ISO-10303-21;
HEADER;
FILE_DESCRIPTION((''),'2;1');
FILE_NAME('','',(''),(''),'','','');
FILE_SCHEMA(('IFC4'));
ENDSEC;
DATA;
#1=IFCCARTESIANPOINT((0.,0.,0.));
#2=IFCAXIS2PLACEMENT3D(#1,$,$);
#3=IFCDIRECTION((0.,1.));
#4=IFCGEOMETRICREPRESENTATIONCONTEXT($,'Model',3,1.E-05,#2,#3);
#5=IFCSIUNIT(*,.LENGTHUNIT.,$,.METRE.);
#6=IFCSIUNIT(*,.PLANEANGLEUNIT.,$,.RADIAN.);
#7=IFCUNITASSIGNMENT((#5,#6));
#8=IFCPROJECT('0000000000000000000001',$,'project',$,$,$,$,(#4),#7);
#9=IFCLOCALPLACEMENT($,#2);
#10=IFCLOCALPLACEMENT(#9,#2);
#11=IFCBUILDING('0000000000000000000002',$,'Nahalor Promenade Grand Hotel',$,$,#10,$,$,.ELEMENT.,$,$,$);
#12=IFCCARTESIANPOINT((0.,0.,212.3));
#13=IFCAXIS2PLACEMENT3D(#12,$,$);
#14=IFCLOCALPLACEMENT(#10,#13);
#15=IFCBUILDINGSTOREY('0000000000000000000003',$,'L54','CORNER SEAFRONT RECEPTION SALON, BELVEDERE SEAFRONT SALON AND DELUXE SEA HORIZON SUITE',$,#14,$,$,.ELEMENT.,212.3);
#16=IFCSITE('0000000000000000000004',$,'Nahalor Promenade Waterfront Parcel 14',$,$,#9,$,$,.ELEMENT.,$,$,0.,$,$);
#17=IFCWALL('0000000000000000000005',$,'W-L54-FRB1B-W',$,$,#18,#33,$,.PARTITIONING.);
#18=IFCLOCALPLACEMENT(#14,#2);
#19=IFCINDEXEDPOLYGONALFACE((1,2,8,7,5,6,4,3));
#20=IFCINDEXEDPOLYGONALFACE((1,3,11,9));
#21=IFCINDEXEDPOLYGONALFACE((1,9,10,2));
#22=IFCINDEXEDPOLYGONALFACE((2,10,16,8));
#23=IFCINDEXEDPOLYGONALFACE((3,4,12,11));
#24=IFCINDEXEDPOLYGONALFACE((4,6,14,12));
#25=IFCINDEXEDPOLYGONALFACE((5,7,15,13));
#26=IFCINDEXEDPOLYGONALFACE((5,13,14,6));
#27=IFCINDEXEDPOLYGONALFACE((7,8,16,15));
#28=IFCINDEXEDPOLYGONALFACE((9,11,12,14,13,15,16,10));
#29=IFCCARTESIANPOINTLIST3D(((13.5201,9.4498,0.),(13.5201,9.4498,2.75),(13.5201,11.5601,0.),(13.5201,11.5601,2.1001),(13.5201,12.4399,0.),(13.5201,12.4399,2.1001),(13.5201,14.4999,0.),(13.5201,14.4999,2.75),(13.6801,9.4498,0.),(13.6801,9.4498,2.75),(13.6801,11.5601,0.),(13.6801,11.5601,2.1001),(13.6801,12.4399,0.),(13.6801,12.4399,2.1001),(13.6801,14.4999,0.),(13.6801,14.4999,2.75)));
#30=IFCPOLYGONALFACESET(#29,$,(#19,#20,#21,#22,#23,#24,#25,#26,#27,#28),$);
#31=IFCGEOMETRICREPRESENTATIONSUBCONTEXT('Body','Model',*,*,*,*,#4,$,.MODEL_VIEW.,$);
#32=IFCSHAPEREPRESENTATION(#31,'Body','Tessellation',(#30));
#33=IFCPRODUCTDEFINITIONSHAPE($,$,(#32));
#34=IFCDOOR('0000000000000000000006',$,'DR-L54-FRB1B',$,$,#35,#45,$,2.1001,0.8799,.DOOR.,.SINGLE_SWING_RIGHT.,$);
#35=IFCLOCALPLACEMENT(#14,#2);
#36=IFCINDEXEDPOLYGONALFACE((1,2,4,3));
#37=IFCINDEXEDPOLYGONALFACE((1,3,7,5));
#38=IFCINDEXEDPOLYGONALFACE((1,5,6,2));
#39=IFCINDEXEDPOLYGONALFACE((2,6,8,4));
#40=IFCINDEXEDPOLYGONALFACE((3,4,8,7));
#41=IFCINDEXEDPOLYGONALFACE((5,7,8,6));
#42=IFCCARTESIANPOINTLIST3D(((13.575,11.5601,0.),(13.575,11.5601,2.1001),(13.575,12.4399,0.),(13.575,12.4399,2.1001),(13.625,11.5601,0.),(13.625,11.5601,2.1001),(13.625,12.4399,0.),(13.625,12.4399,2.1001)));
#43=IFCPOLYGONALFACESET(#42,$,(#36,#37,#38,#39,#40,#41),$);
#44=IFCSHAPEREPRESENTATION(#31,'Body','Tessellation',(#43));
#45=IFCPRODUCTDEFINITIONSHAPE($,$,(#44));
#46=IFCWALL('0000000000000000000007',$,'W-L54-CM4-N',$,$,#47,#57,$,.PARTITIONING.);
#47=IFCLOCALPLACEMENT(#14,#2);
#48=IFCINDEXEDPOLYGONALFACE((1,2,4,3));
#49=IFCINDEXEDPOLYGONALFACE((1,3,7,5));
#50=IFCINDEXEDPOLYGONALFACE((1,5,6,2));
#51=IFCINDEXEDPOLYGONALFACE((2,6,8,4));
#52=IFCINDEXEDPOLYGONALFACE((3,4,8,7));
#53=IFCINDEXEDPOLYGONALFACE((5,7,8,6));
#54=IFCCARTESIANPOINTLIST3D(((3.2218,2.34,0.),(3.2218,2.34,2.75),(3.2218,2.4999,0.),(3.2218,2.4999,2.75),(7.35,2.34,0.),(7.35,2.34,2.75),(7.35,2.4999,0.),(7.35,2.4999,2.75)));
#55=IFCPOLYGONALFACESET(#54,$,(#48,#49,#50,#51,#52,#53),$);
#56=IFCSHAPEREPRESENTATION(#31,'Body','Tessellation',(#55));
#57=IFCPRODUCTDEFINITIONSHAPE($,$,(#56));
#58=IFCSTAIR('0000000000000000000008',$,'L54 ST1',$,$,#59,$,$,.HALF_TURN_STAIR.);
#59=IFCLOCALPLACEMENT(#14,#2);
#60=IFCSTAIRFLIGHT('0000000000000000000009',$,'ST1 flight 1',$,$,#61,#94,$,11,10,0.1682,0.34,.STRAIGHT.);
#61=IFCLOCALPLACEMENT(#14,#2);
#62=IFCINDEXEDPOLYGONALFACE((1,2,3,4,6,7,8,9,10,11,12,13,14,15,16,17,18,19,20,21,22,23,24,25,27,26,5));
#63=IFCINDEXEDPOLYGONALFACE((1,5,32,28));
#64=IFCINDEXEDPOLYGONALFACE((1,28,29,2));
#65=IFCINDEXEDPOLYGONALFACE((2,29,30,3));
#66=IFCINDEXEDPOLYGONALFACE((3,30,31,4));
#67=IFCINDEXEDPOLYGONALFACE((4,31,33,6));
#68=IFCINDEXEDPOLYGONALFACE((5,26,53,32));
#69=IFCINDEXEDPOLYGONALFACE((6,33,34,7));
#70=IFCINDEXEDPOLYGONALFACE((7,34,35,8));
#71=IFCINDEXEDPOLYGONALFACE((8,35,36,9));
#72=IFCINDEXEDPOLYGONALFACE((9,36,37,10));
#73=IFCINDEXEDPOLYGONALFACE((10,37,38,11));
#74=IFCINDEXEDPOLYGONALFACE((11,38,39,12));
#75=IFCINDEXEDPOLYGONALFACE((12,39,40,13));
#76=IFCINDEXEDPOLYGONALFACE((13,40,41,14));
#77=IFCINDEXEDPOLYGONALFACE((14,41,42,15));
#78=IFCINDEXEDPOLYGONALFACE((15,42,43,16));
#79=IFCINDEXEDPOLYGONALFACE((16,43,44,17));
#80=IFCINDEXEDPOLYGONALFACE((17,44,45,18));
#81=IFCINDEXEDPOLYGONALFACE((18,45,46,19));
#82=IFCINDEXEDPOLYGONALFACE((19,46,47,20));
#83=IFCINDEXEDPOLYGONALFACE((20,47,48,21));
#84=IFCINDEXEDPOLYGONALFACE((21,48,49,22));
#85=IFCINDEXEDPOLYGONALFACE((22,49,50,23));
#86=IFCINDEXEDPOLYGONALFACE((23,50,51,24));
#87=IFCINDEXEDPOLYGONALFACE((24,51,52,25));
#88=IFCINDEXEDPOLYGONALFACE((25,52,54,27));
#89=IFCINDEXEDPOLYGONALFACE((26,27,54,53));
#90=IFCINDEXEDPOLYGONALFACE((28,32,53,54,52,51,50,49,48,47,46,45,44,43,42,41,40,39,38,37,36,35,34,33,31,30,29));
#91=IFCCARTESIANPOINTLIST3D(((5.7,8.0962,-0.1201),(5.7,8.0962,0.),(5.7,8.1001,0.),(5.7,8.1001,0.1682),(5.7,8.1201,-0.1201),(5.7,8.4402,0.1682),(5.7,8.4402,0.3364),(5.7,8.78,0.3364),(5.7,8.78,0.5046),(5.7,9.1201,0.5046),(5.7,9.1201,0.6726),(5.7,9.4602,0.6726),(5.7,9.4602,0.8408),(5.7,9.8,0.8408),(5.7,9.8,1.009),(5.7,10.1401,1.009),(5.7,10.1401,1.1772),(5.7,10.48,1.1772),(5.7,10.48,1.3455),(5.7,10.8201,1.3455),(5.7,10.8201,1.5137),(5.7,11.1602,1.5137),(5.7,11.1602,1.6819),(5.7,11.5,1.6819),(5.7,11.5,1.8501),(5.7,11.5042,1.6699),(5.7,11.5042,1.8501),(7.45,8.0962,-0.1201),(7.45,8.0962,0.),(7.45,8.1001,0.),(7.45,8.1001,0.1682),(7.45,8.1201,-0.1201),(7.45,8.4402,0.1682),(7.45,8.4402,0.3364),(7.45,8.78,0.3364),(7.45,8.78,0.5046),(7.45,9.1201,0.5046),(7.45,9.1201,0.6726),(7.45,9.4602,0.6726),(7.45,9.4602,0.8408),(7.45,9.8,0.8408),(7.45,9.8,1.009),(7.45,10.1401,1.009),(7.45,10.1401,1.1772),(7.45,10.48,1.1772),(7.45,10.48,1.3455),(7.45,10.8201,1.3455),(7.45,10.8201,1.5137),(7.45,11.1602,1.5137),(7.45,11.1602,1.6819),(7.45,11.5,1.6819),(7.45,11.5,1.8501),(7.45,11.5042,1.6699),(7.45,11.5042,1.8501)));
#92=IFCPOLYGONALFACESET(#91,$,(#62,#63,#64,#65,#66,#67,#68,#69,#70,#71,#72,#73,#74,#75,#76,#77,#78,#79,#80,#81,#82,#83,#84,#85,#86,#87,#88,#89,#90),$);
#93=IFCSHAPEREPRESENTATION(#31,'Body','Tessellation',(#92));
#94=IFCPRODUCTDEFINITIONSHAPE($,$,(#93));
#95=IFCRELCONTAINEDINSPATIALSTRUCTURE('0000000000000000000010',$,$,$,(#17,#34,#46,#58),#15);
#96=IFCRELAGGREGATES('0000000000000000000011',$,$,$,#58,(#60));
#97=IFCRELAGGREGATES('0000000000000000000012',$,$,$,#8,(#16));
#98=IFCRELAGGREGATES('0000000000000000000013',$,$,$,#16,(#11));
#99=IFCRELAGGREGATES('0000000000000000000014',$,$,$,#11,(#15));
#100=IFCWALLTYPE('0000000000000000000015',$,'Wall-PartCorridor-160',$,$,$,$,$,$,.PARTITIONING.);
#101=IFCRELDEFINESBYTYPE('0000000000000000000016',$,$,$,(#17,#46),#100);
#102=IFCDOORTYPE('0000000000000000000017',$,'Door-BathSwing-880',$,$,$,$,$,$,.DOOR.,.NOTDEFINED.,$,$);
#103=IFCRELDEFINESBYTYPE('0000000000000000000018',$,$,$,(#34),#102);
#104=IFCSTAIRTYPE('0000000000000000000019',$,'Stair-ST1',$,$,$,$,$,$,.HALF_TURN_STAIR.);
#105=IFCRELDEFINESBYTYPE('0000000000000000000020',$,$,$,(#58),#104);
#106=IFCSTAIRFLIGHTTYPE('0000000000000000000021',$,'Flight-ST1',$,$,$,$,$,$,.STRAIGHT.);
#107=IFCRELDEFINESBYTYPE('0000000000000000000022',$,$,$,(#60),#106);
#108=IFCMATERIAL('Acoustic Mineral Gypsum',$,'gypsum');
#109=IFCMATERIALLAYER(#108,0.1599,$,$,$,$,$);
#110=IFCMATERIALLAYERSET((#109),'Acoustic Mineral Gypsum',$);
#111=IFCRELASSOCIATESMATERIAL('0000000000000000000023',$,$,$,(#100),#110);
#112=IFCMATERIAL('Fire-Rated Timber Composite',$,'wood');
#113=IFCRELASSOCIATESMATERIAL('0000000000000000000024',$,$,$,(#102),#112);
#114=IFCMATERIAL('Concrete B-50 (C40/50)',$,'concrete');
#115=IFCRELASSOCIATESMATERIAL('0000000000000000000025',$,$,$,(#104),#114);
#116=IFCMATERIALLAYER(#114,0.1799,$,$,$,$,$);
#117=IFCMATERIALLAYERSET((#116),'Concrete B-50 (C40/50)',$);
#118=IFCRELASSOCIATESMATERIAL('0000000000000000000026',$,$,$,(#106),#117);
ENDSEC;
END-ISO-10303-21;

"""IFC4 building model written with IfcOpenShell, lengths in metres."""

from ifc_helpers import new_model, si_unit, direction, frame, frame_2d, origin, place, context, subcontext, project, spatial, polyline, rectangle, outline, extrude, source, transform, mapped, material, layer, layer_set, type_object, element, fill, aggregate, save


model = new_model("IFC4")

# Units and contexts
model_context = context("Model", 3, precision=1e-05, world=origin(), true_north=direction((0.0, 1.0)))
body_context = subcontext(model_context, "Body", "Model", "MODEL_VIEW")
ifc_project = project(units=[si_unit("LENGTHUNIT", "METRE"), si_unit("PLANEANGLEUNIT", "RADIAN")], contexts=[model_context])

# Site, building, storey
site_placement = place(None, origin())
site = spatial("IfcSite", under=ifc_project, at=site_placement, Name="Nahalor Promenade Waterfront Parcel 14", CompositionType="ELEMENT", RefElevation=0.0)
building_placement = place(site_placement, origin())
building = spatial("IfcBuilding", under=site, at=building_placement, Name="Nahalor Promenade Grand Hotel", CompositionType="ELEMENT")
storey_placement = place(building_placement, frame((0.0, 0.0, 212.3)))
storey = spatial("IfcBuildingStorey", under=building, at=storey_placement, Name="L54", Description="CORNER SEAFRONT RECEPTION SALON, BELVEDERE SEAFRONT SALON AND DELUXE SEA HORIZON SUITE", CompositionType="ELEMENT", Elevation=212.3)

# Shared definitions
ifc_material_1 = material(Name="Concrete B-50 (C40/50)", Category="concrete")

# Shared definitions
ifc_material_2 = material(Name="Acoustic Mineral Gypsum", Category="gypsum")
ifc_layer_1 = layer(ifc_material_2, 0.1599)
ifc_layer_set_1 = layer_set([ifc_layer_1], Name="Acoustic Mineral Gypsum")
wall_type_1 = type_object("IfcWallType", Name="Wall-PartCorridor-160", PredefinedType="PARTITIONING", material=ifc_layer_set_1)

# Shared definitions
ifc_material_3 = material(Name="Fire-Rated Timber Composite", Category="wood")
door_type_1 = type_object("IfcDoorType", Name="Door-BathSwing-880", OperationType="NOTDEFINED", PredefinedType="DOOR", material=ifc_material_3)
shared_shape_1 = source(origin(), body_context, "Body", "SweptSolid", [
    extrude(rectangle(XDim=0.8799, YDim=2.1001, at=frame_2d((0.4399, 1.05))), frame((0.0, 0.0249, 0.0), z_axis=(0.0, -1.0, 0.0), x_axis=(1.0, 0.0, 0.0)), (0.0, 0.0, 1.0), 0.05),
])

# Wall, opening, door
shared_shape_2 = source(origin(), body_context, "Body", "SweptSolid", [
    extrude(rectangle(XDim=5.05, YDim=0.1599, at=frame_2d((2.5249, 0.0))), origin(), (0.0, 0.0, 1.0), 2.75),
])
wall_1_placement = place(storey_placement, frame((13.6001, 9.45, 0.0), z_axis=(0.0, 0.0, 1.0), x_axis=(0.0, 1.0, 0.0)))
wall_1 = element("IfcWall", 1, at=wall_1_placement, inside=storey, type_object=wall_type_1, Name="W-L54-FRB1B-W", PredefinedType="PARTITIONING", context=body_context, shape_type="MappedRepresentation", body=[
    mapped(shared_shape_2, transform((0.0, 0.0, 0.0), scale=1.0)),
])
opening_1_placement = place(wall_1_placement, frame((2.1101, 0.0, 0.0)))
opening_1 = element("IfcOpeningElement", 2, at=opening_1_placement, cuts=wall_1, PredefinedType="OPENING", context=body_context, shape_type="SweptSolid", body=[
    extrude(rectangle(XDim=0.8799, YDim=2.1001, at=frame_2d((0.4399, 1.05))), frame((0.0, 0.0898, 0.0), z_axis=(0.0, -1.0, 0.0), x_axis=(1.0, 0.0, 0.0)), (0.0, 0.0, 1.0), 0.1799),
])
door_1_placement = place(opening_1_placement, frame((0.8799, 0.0, 0.0), z_axis=(0.0, 0.0, 1.0), x_axis=(-1.0, 0.0, 0.0)))
door_1 = element("IfcDoor", 3, at=door_1_placement, inside=storey, type_object=door_type_1, Name="DR-L54-FRB1B", OperationType="SINGLE_SWING_RIGHT", OverallHeight=2.1001, OverallWidth=0.8799, PredefinedType="DOOR", context=body_context, shape_type="MappedRepresentation", body=[
    mapped(shared_shape_1, transform((0.0, 0.0, 0.0), scale=1.0)),
])
fill(opening_1, door_1)

# Wall
shared_shape_3 = source(origin(), body_context, "Body", "SweptSolid", [
    extrude(rectangle(XDim=4.1282, YDim=0.1599, at=frame_2d((2.064, 0.0))), origin(), (0.0, 0.0, 1.0), 2.75),
])
wall_2_placement = place(storey_placement, frame((3.2219, 2.4199, 0.0), z_axis=(0.0, 0.0, 1.0), x_axis=(1.0, 0.0, 0.0)))
element("IfcWall", 4, at=wall_2_placement, inside=storey, type_object=wall_type_1, Name="W-L54-CM4-N", PredefinedType="PARTITIONING", context=body_context, shape_type="MappedRepresentation", body=[
    mapped(shared_shape_3, transform((0.0, 0.0, 0.0), scale=1.0)),
])

# Stair, stair flight
stair_type = type_object("IfcStairType", Name="Stair-ST1", PredefinedType="HALF_TURN_STAIR", material=ifc_material_1)
stair_placement = place(storey_placement, origin())
stair = element("IfcStair", 5, at=stair_placement, inside=storey, type_object=stair_type, Name="L54 ST1", PredefinedType="HALF_TURN_STAIR")
ifc_layer_2 = layer(ifc_material_1, 0.1799)
ifc_layer_set_2 = layer_set([ifc_layer_2], Name="Concrete B-50 (C40/50)")
stair_flight_type = type_object("IfcStairFlightType", Name="Flight-ST1", PredefinedType="STRAIGHT", material=ifc_layer_set_2)
shared_shape_4 = source(origin(), body_context, "Body", "SweptSolid", [
    extrude(outline(polyline([(-0.0039, -0.1201), (-0.0039, 0.0), (0.0, 0.0), (0.0, 0.1682), (0.3401, 0.1682), (0.3401, 0.3364), (0.6799, 0.3364), (0.6799, 0.5046), (1.02, 0.5046), (1.02, 0.6726), (1.3601, 0.6726), (1.3601, 0.8408), (1.7, 0.8408), (1.7, 1.009), (2.04, 1.009), (2.04, 1.1772), (2.3799, 1.1772), (2.3799, 1.3455), (2.72, 1.3455), (2.72, 1.5137), (3.0601, 1.5137), (3.0601, 1.6819), (3.3999, 1.6819), (3.3999, 1.8501), (3.4041, 1.8501), (3.4041, 1.6699), (0.02, -0.1201), (-0.0039, -0.1201)])), frame((0.0, 0.875, 0.0), z_axis=(0.0, -1.0, 0.0), x_axis=(1.0, 0.0, 0.0)), (0.0, 0.0, 1.0), 1.75),
])
stair_flight_placement = place(storey_placement, frame((6.575, 8.1001, 0.0), z_axis=(0.0, 0.0, 1.0), x_axis=(0.0, 1.0, 0.0)))
stair_flight = element("IfcStairFlight", 6, at=stair_flight_placement, type_object=stair_flight_type, Name="ST1 flight 1", NumberOfRisers=11, NumberOfTreads=10, PredefinedType="STRAIGHT", RiserHeight=0.1682, TreadLength=0.34, context=body_context, shape_type="MappedRepresentation", body=[
    mapped(shared_shape_4, transform((0.0, 0.0, 0.0), scale=1.0)),
])
aggregate(stair, [stair_flight])

save(model, "model.ifc")
